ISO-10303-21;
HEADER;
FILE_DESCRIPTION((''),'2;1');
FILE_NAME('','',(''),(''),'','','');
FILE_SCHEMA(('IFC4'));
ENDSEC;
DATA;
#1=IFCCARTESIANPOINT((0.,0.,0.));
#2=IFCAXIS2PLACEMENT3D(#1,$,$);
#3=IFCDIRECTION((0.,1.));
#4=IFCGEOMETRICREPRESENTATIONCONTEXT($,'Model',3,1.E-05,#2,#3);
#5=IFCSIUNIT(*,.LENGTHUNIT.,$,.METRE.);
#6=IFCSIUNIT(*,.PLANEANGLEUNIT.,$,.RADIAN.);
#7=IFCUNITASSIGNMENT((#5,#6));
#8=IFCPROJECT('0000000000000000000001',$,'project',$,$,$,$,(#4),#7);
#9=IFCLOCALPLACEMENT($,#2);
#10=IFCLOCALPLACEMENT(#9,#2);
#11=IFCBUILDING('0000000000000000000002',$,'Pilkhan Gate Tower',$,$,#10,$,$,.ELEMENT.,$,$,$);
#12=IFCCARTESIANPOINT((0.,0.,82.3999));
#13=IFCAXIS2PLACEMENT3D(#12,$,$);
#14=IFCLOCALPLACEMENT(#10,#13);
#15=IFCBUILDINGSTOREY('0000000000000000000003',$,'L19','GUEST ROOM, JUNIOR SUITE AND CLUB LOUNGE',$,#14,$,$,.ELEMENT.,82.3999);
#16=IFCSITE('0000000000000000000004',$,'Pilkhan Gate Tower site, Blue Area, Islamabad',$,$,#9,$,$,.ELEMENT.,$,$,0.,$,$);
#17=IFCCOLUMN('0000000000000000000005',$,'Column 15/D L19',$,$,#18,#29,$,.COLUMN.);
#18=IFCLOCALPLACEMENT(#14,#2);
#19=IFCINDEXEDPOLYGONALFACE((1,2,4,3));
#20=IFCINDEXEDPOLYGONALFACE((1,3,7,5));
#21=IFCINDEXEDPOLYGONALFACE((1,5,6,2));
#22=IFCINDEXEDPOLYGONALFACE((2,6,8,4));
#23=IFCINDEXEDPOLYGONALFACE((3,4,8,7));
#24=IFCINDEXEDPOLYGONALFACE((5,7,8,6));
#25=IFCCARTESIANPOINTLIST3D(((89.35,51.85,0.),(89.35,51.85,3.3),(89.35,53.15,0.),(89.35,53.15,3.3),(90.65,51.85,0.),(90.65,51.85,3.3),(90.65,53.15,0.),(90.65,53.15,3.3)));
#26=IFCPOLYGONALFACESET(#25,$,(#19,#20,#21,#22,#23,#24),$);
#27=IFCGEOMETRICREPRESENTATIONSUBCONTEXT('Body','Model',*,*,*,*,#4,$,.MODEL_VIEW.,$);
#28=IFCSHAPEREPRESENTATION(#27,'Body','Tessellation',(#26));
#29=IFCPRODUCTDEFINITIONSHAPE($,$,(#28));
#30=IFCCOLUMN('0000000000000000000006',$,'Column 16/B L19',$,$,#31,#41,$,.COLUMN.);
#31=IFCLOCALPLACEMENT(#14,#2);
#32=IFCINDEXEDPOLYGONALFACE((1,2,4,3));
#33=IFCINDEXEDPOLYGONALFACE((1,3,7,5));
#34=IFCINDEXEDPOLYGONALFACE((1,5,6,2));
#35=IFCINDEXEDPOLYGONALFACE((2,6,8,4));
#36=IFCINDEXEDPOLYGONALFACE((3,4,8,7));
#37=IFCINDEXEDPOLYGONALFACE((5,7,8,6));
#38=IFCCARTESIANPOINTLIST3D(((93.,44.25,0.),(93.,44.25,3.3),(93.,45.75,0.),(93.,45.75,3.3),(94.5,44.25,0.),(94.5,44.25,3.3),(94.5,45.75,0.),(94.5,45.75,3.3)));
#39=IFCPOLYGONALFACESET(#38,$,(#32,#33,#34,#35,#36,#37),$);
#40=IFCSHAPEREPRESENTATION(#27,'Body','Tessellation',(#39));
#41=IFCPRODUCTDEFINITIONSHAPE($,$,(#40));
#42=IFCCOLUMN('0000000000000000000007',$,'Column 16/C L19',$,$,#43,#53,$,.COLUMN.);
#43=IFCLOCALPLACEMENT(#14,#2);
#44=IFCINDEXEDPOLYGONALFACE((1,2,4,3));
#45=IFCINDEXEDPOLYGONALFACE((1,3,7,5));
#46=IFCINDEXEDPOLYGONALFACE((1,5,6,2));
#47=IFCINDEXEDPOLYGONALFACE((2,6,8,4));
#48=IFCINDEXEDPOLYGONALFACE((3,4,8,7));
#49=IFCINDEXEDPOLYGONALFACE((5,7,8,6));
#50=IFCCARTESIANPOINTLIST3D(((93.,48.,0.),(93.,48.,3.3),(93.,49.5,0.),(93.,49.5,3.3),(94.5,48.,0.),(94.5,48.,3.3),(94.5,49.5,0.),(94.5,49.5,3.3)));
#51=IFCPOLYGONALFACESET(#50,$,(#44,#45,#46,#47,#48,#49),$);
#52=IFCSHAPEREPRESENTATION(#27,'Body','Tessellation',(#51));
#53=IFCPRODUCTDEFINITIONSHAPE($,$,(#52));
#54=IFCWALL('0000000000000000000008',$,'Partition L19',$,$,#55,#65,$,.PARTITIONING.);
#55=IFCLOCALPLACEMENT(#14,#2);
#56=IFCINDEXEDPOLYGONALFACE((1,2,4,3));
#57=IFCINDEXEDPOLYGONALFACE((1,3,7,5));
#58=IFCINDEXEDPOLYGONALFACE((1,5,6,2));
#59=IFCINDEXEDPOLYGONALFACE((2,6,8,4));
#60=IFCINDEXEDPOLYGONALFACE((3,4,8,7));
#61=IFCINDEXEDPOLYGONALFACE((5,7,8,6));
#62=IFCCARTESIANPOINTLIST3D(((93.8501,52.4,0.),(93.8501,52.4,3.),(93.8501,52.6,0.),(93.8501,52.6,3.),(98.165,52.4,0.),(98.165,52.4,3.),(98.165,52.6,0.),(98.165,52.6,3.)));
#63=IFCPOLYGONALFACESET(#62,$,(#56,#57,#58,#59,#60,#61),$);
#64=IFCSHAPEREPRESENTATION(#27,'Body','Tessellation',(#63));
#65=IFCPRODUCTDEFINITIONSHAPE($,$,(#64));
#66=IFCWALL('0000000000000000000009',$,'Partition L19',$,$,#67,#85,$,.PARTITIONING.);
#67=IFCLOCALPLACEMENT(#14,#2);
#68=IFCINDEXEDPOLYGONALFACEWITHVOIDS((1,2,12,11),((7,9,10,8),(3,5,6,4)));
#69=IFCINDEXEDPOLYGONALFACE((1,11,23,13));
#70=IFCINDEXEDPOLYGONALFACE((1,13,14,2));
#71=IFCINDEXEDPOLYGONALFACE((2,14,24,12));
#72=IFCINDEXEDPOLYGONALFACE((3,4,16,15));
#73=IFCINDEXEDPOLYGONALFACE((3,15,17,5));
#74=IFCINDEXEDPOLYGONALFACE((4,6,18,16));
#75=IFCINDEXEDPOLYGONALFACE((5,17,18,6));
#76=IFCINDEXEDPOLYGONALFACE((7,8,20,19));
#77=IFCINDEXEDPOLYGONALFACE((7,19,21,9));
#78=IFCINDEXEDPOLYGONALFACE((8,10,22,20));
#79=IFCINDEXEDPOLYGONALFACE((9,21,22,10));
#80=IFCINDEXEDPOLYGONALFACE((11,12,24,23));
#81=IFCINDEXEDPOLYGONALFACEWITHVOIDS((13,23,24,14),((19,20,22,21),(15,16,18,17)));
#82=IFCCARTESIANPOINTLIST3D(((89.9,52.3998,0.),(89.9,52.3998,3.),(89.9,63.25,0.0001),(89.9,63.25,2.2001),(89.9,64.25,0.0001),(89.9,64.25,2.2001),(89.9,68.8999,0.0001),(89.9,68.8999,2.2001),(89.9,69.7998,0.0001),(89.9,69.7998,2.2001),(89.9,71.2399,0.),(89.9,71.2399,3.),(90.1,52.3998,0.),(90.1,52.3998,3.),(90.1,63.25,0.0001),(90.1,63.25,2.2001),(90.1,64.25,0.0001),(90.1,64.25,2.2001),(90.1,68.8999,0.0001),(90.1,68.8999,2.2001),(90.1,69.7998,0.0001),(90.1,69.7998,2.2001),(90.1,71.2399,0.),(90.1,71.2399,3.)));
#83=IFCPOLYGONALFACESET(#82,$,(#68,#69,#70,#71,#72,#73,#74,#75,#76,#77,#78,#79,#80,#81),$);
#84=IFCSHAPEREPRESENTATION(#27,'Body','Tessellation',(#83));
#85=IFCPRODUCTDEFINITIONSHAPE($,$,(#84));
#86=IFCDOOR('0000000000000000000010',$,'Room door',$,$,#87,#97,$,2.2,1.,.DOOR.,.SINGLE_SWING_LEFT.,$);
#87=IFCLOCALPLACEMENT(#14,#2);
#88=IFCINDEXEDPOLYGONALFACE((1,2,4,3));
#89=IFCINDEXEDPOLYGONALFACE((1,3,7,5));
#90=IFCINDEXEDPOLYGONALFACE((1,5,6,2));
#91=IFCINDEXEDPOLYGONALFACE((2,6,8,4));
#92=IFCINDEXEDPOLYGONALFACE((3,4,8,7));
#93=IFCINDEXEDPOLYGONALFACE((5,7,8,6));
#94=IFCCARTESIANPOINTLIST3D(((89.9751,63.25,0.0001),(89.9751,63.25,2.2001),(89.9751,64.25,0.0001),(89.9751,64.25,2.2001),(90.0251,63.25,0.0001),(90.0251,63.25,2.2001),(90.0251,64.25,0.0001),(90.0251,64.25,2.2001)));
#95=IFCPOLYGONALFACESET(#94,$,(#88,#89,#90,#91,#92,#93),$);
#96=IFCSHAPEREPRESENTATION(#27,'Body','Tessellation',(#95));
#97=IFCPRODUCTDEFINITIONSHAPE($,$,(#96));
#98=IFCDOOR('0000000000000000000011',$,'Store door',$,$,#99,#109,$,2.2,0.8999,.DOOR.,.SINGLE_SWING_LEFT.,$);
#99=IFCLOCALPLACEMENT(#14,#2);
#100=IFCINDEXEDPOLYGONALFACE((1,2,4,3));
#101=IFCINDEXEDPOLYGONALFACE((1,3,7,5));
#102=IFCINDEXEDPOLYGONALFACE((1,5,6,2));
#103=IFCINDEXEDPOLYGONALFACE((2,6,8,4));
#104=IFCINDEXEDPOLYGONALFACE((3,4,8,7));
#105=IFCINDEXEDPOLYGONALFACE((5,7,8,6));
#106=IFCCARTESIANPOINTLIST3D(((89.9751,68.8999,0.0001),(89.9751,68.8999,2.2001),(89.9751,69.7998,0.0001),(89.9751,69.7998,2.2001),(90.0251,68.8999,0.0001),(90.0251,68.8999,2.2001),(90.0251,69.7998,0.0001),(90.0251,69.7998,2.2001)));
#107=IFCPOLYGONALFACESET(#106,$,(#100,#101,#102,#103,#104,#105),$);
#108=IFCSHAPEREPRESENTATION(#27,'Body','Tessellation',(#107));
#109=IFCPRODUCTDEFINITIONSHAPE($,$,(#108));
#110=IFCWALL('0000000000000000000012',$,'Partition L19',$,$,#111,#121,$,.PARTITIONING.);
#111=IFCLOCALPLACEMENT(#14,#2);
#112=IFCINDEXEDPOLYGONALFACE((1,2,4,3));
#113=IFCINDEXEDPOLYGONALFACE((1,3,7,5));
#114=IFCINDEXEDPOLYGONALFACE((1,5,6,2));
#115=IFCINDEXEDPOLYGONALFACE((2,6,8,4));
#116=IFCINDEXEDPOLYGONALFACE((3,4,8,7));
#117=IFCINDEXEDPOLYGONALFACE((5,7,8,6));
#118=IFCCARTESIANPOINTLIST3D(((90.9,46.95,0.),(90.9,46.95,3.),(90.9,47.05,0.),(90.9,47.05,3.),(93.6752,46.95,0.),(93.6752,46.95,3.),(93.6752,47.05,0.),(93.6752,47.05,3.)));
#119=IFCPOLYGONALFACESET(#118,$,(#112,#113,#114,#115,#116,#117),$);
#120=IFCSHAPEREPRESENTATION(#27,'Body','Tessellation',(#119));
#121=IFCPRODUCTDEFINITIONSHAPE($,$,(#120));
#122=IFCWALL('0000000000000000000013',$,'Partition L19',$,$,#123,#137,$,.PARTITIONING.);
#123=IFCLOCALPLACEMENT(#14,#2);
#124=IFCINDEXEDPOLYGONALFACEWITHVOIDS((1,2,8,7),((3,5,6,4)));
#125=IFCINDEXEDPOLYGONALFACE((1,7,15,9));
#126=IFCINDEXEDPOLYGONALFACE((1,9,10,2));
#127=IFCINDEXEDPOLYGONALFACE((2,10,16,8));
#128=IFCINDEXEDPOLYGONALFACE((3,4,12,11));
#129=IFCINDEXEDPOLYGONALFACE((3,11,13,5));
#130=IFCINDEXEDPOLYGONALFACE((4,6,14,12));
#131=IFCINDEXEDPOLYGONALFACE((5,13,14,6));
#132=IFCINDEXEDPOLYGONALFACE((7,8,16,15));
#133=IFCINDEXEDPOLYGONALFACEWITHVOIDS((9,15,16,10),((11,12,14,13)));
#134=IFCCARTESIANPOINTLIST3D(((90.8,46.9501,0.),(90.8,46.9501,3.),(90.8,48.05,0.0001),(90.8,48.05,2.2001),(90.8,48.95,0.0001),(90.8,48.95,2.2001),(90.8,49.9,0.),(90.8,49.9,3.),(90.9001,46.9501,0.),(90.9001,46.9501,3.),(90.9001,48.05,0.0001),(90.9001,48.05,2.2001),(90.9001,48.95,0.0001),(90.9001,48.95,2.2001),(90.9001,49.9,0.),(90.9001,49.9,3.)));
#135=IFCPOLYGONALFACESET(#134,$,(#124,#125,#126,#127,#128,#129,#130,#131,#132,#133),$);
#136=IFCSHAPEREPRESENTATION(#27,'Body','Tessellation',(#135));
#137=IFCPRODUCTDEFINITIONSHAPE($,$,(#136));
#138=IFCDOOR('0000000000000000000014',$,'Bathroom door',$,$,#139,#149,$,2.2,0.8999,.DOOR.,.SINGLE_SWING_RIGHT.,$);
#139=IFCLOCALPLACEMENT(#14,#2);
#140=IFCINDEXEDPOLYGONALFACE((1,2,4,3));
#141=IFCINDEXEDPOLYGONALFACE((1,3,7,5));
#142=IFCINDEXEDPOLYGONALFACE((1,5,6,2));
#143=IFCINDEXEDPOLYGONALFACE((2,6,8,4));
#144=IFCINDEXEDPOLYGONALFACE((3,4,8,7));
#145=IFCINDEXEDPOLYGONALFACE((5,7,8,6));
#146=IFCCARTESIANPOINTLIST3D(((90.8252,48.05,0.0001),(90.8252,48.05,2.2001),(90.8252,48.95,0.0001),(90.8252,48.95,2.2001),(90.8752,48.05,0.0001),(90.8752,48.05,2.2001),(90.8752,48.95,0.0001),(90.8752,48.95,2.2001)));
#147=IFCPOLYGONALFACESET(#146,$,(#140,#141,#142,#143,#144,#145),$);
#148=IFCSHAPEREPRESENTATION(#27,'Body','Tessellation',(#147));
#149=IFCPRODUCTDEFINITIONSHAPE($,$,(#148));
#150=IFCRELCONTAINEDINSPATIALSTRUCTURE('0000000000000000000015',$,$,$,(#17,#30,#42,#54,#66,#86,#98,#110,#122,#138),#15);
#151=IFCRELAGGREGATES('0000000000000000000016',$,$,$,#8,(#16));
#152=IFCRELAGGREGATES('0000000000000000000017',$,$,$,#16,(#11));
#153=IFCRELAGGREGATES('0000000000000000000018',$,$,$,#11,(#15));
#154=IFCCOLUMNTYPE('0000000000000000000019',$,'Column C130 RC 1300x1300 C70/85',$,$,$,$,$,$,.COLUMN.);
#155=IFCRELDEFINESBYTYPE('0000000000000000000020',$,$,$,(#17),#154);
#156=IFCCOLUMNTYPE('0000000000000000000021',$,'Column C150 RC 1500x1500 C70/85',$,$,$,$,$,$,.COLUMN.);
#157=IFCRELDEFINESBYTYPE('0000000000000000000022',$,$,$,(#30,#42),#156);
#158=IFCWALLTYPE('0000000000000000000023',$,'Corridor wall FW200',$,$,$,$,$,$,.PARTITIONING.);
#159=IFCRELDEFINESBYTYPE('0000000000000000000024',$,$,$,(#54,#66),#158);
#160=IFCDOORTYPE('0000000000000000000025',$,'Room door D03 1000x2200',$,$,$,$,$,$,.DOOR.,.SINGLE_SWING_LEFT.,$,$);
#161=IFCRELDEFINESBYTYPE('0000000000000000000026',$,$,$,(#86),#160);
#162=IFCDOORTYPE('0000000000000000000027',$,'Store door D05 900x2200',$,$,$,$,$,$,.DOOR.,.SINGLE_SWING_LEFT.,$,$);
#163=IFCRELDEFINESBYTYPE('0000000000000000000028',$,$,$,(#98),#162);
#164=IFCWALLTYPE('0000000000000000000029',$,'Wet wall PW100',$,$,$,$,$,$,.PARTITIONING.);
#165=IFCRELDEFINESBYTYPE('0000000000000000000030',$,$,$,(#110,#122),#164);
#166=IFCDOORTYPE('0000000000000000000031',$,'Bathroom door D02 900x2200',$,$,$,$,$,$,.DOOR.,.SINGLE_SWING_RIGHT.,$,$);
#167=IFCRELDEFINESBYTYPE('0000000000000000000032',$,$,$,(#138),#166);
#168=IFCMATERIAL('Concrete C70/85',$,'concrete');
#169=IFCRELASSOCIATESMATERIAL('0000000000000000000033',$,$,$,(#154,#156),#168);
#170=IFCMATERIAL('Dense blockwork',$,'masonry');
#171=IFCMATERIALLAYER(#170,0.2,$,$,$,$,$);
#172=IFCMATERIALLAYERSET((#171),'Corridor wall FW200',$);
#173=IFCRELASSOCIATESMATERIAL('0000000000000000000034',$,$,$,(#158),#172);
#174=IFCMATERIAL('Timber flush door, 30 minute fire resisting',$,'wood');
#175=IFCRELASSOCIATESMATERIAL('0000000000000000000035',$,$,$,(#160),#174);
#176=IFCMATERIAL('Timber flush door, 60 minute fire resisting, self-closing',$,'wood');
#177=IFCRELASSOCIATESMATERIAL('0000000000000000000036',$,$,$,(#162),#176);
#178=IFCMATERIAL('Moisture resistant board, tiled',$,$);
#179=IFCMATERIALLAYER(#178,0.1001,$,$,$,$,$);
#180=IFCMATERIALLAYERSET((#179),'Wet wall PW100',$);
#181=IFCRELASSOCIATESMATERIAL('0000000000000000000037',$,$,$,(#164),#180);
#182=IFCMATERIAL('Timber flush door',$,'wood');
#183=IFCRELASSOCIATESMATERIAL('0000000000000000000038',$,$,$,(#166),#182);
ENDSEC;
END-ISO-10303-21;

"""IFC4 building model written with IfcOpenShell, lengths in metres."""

from ifc_helpers import new_model, si_unit, direction, frame, frame_2d, origin, origin_2d, place, context, subcontext, project, spatial, rectangle, extrude, material, layer, layer_set, material_profile, profile_set, type_object, element, fill, save


model = new_model("IFC4")

# Units and contexts
model_context = context("Model", 3, precision=1e-05, world=origin(), true_north=direction((0.0, 1.0)))
body_context = subcontext(model_context, "Body", "Model", "MODEL_VIEW")
ifc_project = project(units=[si_unit("LENGTHUNIT", "METRE"), si_unit("PLANEANGLEUNIT", "RADIAN")], contexts=[model_context])

# Site, building, storey
site_placement = place(None, origin())
site = spatial("IfcSite", under=ifc_project, at=site_placement, Name="Pilkhan Gate Tower site, Blue Area, Islamabad", CompositionType="ELEMENT", RefElevation=0.0)
building_placement = place(site_placement, origin())
building = spatial("IfcBuilding", under=site, at=building_placement, Name="Pilkhan Gate Tower", CompositionType="ELEMENT")
storey_placement = place(building_placement, frame((0.0, 0.0, 82.3999)))
storey = spatial("IfcBuildingStorey", under=building, at=storey_placement, Name="L19", Description="GUEST ROOM, JUNIOR SUITE AND CLUB LOUNGE", CompositionType="ELEMENT", Elevation=82.3999)

# Columns
ifc_material_1 = material(Name="Concrete C70/85", Category="concrete")
ifc_material_profile_1 = material_profile(ifc_material_1, rectangle(XDim=1.3, YDim=1.3, at=origin_2d()), Name="RC 1300x1300")
ifc_profile_set_1 = profile_set([ifc_material_profile_1], Name="Concrete C70/85")
column_type_1 = type_object("IfcColumnType", Name="Column C130 RC 1300x1300 C70/85", PredefinedType="COLUMN", material=ifc_profile_set_1)
column_placement = place(storey_placement, frame((90.0, 52.5, 0.0), z_axis=(0.0, 0.0, 1.0), x_axis=(1.0, 0.0, 0.0)))
element("IfcColumn", 1, at=column_placement, inside=storey, type_object=column_type_1, Name="Column 15/D L19", PredefinedType="COLUMN", context=body_context, shape_type="SweptSolid", body=[
    extrude(rectangle(XDim=1.3, YDim=1.3, at=origin_2d()), origin(), (0.0, 0.0, 1.0), 3.3),
])
ifc_material_profile_2 = material_profile(ifc_material_1, rectangle(XDim=1.5, YDim=1.5, at=origin_2d()), Name="RC 1500x1500")
ifc_profile_set_2 = profile_set([ifc_material_profile_2], Name="Concrete C70/85")
column_type_2 = type_object("IfcColumnType", Name="Column C150 RC 1500x1500 C70/85", PredefinedType="COLUMN", material=ifc_profile_set_2)
for number, where, z_axis, x_axis, name in (
    (2, (93.75, 45.0, 0.0), (0.0, 0.0, 1.0), (1.0, 0.0, 0.0), "Column 16/B L19"),
    (3, (93.75, 48.75, 0.0), (0.0, 0.0, 1.0), (1.0, 0.0, 0.0), "Column 16/C L19"),
):
    element("IfcColumn", number, at=place(storey_placement, frame(where, z_axis=z_axis, x_axis=x_axis)), inside=storey, type_object=column_type_2, Name=name, PredefinedType="COLUMN", context=body_context, shape_type="SweptSolid", body=[
        extrude(rectangle(XDim=1.5, YDim=1.5, at=origin_2d()), origin(), (0.0, 0.0, 1.0), 3.3),
    ])

# Wall
ifc_material_2 = material(Name="Dense blockwork", Category="masonry")
ifc_layer_1 = layer(ifc_material_2, 0.2)
ifc_layer_set_1 = layer_set([ifc_layer_1], Name="Corridor wall FW200")
wall_type_1 = type_object("IfcWallType", Name="Corridor wall FW200", PredefinedType="PARTITIONING", material=ifc_layer_set_1)
wall_1_placement = place(storey_placement, frame((93.8501, 52.5, 0.0), z_axis=(0.0, 0.0, 1.0), x_axis=(1.0, 0.0, 0.0)))
element("IfcWall", 4, at=wall_1_placement, inside=storey, type_object=wall_type_1, Name="Partition L19", PredefinedType="PARTITIONING", context=body_context, shape_type="SweptSolid", body=[
    extrude(rectangle(XDim=4.3149, YDim=0.2, at=frame_2d((2.1575, 0.0))), origin(), (0.0, 0.0, 1.0), 3.0),
])

# Wall, openings, doors
wall_2_placement = place(storey_placement, frame((90.0, 52.3999, 0.0), z_axis=(0.0, 0.0, 1.0), x_axis=(0.0, 1.0, 0.0)))
wall_2 = element("IfcWall", 5, at=wall_2_placement, inside=storey, type_object=wall_type_1, Name="Partition L19", PredefinedType="PARTITIONING", context=body_context, shape_type="SweptSolid", body=[
    extrude(rectangle(XDim=18.8401, YDim=0.2, at=frame_2d((9.4199, 0.0))), origin(), (0.0, 0.0, 1.0), 3.0),
])
opening_1_placement = place(wall_2_placement, frame((10.8501, 0.0, 0.0)))
opening_1 = element("IfcOpeningElement", 6, at=opening_1_placement, cuts=wall_2, PredefinedType="OPENING", context=body_context, shape_type="SweptSolid", body=[
    extrude(rectangle(XDim=1.0, YDim=2.2, at=frame_2d((0.5, 1.1001))), frame((0.0, 0.1099, 0.0), z_axis=(0.0, -1.0, 0.0), x_axis=(1.0, 0.0, 0.0)), (0.0, 0.0, 1.0), 0.22),
])
opening_2_placement = place(wall_2_placement, frame((16.5, 0.0, 0.0)))
opening_2 = element("IfcOpeningElement", 7, at=opening_2_placement, cuts=wall_2, PredefinedType="OPENING", context=body_context, shape_type="SweptSolid", body=[
    extrude(rectangle(XDim=0.8999, YDim=2.2, at=frame_2d((0.45, 1.1001))), frame((0.0, 0.1099, 0.0), z_axis=(0.0, -1.0, 0.0), x_axis=(1.0, 0.0, 0.0)), (0.0, 0.0, 1.0), 0.22),
])
ifc_material_3 = material(Name="Timber flush door, 30 minute fire resisting", Category="wood")
door_type_1 = type_object("IfcDoorType", Name="Room door D03 1000x2200", OperationType="SINGLE_SWING_LEFT", PredefinedType="DOOR", material=ifc_material_3)
door_1_placement = place(opening_1_placement, origin())
door_1 = element("IfcDoor", 8, at=door_1_placement, inside=storey, type_object=door_type_1, Name="Room door", OperationType="SINGLE_SWING_LEFT", OverallHeight=2.2, OverallWidth=1.0, PredefinedType="DOOR", context=body_context, shape_type="SweptSolid", body=[
    extrude(rectangle(XDim=1.0, YDim=2.2, at=frame_2d((0.5, 1.1001))), frame((0.0, 0.0249, 0.0), z_axis=(0.0, -1.0, 0.0), x_axis=(1.0, 0.0, 0.0)), (0.0, 0.0, 1.0), 0.05),
])
fill(opening_1, door_1)
ifc_material_4 = material(Name="Timber flush door, 60 minute fire resisting, self-closing", Category="wood")
door_type_2 = type_object("IfcDoorType", Name="Store door D05 900x2200", OperationType="SINGLE_SWING_LEFT", PredefinedType="DOOR", material=ifc_material_4)
door_2_placement = place(opening_2_placement, origin())
door_2 = element("IfcDoor", 9, at=door_2_placement, inside=storey, type_object=door_type_2, Name="Store door", OperationType="SINGLE_SWING_LEFT", OverallHeight=2.2, OverallWidth=0.8999, PredefinedType="DOOR", context=body_context, shape_type="SweptSolid", body=[
    extrude(rectangle(XDim=0.8999, YDim=2.2, at=frame_2d((0.45, 1.1001))), frame((0.0, 0.0249, 0.0), z_axis=(0.0, -1.0, 0.0), x_axis=(1.0, 0.0, 0.0)), (0.0, 0.0, 1.0), 0.05),
])
fill(opening_2, door_2)

# Wall
ifc_material_5 = material(Name="Moisture resistant board, tiled")
ifc_layer_2 = layer(ifc_material_5, 0.1001)
ifc_layer_set_2 = layer_set([ifc_layer_2], Name="Wet wall PW100")
wall_type_2 = type_object("IfcWallType", Name="Wet wall PW100", PredefinedType="PARTITIONING", material=ifc_layer_set_2)
wall_3_placement = place(storey_placement, frame((90.8999, 47.0, 0.0), z_axis=(0.0, 0.0, 1.0), x_axis=(1.0, 0.0, 0.0)))
element("IfcWall", 10, at=wall_3_placement, inside=storey, type_object=wall_type_2, Name="Partition L19", PredefinedType="PARTITIONING", context=body_context, shape_type="SweptSolid", body=[
    extrude(rectangle(XDim=2.7751, YDim=0.1001, at=frame_2d((1.3877, 0.0))), origin(), (0.0, 0.0, 1.0), 3.0),
])

# Wall, opening, door
wall_4_placement = place(storey_placement, frame((90.8501, 46.95, 0.0), z_axis=(0.0, 0.0, 1.0), x_axis=(0.0, 1.0, 0.0)))
wall_4 = element("IfcWall", 11, at=wall_4_placement, inside=storey, type_object=wall_type_2, Name="Partition L19", PredefinedType="PARTITIONING", context=body_context, shape_type="SweptSolid", body=[
    extrude(rectangle(XDim=2.95, YDim=0.1001, at=frame_2d((1.4751, 0.0))), origin(), (0.0, 0.0, 1.0), 3.0),
])
opening_3_placement = place(wall_4_placement, frame((1.1001, 0.0, 0.0)))
opening_3 = element("IfcOpeningElement", 12, at=opening_3_placement, cuts=wall_4, PredefinedType="OPENING", context=body_context, shape_type="SweptSolid", body=[
    extrude(rectangle(XDim=0.8999, YDim=2.2, at=frame_2d((0.45, 1.1001))), frame((0.0, 0.0601, 0.0), z_axis=(0.0, -1.0, 0.0), x_axis=(1.0, 0.0, 0.0)), (0.0, 0.0, 1.0), 0.1201),
])
ifc_material_6 = material(Name="Timber flush door", Category="wood")
door_type_3 = type_object("IfcDoorType", Name="Bathroom door D02 900x2200", OperationType="SINGLE_SWING_RIGHT", PredefinedType="DOOR", material=ifc_material_6)
door_3_placement = place(opening_3_placement, origin())
door_3 = element("IfcDoor", 13, at=door_3_placement, inside=storey, type_object=door_type_3, Name="Bathroom door", OperationType="SINGLE_SWING_RIGHT", OverallHeight=2.2, OverallWidth=0.8999, PredefinedType="DOOR", context=body_context, shape_type="SweptSolid", body=[
    extrude(rectangle(XDim=0.8999, YDim=2.2, at=frame_2d((0.45, 1.1001))), frame((0.0, 0.0249, 0.0), z_axis=(0.0, -1.0, 0.0), x_axis=(1.0, 0.0, 0.0)), (0.0, 0.0, 1.0), 0.05),
])
fill(opening_3, door_3)

save(model, "model.ifc")
